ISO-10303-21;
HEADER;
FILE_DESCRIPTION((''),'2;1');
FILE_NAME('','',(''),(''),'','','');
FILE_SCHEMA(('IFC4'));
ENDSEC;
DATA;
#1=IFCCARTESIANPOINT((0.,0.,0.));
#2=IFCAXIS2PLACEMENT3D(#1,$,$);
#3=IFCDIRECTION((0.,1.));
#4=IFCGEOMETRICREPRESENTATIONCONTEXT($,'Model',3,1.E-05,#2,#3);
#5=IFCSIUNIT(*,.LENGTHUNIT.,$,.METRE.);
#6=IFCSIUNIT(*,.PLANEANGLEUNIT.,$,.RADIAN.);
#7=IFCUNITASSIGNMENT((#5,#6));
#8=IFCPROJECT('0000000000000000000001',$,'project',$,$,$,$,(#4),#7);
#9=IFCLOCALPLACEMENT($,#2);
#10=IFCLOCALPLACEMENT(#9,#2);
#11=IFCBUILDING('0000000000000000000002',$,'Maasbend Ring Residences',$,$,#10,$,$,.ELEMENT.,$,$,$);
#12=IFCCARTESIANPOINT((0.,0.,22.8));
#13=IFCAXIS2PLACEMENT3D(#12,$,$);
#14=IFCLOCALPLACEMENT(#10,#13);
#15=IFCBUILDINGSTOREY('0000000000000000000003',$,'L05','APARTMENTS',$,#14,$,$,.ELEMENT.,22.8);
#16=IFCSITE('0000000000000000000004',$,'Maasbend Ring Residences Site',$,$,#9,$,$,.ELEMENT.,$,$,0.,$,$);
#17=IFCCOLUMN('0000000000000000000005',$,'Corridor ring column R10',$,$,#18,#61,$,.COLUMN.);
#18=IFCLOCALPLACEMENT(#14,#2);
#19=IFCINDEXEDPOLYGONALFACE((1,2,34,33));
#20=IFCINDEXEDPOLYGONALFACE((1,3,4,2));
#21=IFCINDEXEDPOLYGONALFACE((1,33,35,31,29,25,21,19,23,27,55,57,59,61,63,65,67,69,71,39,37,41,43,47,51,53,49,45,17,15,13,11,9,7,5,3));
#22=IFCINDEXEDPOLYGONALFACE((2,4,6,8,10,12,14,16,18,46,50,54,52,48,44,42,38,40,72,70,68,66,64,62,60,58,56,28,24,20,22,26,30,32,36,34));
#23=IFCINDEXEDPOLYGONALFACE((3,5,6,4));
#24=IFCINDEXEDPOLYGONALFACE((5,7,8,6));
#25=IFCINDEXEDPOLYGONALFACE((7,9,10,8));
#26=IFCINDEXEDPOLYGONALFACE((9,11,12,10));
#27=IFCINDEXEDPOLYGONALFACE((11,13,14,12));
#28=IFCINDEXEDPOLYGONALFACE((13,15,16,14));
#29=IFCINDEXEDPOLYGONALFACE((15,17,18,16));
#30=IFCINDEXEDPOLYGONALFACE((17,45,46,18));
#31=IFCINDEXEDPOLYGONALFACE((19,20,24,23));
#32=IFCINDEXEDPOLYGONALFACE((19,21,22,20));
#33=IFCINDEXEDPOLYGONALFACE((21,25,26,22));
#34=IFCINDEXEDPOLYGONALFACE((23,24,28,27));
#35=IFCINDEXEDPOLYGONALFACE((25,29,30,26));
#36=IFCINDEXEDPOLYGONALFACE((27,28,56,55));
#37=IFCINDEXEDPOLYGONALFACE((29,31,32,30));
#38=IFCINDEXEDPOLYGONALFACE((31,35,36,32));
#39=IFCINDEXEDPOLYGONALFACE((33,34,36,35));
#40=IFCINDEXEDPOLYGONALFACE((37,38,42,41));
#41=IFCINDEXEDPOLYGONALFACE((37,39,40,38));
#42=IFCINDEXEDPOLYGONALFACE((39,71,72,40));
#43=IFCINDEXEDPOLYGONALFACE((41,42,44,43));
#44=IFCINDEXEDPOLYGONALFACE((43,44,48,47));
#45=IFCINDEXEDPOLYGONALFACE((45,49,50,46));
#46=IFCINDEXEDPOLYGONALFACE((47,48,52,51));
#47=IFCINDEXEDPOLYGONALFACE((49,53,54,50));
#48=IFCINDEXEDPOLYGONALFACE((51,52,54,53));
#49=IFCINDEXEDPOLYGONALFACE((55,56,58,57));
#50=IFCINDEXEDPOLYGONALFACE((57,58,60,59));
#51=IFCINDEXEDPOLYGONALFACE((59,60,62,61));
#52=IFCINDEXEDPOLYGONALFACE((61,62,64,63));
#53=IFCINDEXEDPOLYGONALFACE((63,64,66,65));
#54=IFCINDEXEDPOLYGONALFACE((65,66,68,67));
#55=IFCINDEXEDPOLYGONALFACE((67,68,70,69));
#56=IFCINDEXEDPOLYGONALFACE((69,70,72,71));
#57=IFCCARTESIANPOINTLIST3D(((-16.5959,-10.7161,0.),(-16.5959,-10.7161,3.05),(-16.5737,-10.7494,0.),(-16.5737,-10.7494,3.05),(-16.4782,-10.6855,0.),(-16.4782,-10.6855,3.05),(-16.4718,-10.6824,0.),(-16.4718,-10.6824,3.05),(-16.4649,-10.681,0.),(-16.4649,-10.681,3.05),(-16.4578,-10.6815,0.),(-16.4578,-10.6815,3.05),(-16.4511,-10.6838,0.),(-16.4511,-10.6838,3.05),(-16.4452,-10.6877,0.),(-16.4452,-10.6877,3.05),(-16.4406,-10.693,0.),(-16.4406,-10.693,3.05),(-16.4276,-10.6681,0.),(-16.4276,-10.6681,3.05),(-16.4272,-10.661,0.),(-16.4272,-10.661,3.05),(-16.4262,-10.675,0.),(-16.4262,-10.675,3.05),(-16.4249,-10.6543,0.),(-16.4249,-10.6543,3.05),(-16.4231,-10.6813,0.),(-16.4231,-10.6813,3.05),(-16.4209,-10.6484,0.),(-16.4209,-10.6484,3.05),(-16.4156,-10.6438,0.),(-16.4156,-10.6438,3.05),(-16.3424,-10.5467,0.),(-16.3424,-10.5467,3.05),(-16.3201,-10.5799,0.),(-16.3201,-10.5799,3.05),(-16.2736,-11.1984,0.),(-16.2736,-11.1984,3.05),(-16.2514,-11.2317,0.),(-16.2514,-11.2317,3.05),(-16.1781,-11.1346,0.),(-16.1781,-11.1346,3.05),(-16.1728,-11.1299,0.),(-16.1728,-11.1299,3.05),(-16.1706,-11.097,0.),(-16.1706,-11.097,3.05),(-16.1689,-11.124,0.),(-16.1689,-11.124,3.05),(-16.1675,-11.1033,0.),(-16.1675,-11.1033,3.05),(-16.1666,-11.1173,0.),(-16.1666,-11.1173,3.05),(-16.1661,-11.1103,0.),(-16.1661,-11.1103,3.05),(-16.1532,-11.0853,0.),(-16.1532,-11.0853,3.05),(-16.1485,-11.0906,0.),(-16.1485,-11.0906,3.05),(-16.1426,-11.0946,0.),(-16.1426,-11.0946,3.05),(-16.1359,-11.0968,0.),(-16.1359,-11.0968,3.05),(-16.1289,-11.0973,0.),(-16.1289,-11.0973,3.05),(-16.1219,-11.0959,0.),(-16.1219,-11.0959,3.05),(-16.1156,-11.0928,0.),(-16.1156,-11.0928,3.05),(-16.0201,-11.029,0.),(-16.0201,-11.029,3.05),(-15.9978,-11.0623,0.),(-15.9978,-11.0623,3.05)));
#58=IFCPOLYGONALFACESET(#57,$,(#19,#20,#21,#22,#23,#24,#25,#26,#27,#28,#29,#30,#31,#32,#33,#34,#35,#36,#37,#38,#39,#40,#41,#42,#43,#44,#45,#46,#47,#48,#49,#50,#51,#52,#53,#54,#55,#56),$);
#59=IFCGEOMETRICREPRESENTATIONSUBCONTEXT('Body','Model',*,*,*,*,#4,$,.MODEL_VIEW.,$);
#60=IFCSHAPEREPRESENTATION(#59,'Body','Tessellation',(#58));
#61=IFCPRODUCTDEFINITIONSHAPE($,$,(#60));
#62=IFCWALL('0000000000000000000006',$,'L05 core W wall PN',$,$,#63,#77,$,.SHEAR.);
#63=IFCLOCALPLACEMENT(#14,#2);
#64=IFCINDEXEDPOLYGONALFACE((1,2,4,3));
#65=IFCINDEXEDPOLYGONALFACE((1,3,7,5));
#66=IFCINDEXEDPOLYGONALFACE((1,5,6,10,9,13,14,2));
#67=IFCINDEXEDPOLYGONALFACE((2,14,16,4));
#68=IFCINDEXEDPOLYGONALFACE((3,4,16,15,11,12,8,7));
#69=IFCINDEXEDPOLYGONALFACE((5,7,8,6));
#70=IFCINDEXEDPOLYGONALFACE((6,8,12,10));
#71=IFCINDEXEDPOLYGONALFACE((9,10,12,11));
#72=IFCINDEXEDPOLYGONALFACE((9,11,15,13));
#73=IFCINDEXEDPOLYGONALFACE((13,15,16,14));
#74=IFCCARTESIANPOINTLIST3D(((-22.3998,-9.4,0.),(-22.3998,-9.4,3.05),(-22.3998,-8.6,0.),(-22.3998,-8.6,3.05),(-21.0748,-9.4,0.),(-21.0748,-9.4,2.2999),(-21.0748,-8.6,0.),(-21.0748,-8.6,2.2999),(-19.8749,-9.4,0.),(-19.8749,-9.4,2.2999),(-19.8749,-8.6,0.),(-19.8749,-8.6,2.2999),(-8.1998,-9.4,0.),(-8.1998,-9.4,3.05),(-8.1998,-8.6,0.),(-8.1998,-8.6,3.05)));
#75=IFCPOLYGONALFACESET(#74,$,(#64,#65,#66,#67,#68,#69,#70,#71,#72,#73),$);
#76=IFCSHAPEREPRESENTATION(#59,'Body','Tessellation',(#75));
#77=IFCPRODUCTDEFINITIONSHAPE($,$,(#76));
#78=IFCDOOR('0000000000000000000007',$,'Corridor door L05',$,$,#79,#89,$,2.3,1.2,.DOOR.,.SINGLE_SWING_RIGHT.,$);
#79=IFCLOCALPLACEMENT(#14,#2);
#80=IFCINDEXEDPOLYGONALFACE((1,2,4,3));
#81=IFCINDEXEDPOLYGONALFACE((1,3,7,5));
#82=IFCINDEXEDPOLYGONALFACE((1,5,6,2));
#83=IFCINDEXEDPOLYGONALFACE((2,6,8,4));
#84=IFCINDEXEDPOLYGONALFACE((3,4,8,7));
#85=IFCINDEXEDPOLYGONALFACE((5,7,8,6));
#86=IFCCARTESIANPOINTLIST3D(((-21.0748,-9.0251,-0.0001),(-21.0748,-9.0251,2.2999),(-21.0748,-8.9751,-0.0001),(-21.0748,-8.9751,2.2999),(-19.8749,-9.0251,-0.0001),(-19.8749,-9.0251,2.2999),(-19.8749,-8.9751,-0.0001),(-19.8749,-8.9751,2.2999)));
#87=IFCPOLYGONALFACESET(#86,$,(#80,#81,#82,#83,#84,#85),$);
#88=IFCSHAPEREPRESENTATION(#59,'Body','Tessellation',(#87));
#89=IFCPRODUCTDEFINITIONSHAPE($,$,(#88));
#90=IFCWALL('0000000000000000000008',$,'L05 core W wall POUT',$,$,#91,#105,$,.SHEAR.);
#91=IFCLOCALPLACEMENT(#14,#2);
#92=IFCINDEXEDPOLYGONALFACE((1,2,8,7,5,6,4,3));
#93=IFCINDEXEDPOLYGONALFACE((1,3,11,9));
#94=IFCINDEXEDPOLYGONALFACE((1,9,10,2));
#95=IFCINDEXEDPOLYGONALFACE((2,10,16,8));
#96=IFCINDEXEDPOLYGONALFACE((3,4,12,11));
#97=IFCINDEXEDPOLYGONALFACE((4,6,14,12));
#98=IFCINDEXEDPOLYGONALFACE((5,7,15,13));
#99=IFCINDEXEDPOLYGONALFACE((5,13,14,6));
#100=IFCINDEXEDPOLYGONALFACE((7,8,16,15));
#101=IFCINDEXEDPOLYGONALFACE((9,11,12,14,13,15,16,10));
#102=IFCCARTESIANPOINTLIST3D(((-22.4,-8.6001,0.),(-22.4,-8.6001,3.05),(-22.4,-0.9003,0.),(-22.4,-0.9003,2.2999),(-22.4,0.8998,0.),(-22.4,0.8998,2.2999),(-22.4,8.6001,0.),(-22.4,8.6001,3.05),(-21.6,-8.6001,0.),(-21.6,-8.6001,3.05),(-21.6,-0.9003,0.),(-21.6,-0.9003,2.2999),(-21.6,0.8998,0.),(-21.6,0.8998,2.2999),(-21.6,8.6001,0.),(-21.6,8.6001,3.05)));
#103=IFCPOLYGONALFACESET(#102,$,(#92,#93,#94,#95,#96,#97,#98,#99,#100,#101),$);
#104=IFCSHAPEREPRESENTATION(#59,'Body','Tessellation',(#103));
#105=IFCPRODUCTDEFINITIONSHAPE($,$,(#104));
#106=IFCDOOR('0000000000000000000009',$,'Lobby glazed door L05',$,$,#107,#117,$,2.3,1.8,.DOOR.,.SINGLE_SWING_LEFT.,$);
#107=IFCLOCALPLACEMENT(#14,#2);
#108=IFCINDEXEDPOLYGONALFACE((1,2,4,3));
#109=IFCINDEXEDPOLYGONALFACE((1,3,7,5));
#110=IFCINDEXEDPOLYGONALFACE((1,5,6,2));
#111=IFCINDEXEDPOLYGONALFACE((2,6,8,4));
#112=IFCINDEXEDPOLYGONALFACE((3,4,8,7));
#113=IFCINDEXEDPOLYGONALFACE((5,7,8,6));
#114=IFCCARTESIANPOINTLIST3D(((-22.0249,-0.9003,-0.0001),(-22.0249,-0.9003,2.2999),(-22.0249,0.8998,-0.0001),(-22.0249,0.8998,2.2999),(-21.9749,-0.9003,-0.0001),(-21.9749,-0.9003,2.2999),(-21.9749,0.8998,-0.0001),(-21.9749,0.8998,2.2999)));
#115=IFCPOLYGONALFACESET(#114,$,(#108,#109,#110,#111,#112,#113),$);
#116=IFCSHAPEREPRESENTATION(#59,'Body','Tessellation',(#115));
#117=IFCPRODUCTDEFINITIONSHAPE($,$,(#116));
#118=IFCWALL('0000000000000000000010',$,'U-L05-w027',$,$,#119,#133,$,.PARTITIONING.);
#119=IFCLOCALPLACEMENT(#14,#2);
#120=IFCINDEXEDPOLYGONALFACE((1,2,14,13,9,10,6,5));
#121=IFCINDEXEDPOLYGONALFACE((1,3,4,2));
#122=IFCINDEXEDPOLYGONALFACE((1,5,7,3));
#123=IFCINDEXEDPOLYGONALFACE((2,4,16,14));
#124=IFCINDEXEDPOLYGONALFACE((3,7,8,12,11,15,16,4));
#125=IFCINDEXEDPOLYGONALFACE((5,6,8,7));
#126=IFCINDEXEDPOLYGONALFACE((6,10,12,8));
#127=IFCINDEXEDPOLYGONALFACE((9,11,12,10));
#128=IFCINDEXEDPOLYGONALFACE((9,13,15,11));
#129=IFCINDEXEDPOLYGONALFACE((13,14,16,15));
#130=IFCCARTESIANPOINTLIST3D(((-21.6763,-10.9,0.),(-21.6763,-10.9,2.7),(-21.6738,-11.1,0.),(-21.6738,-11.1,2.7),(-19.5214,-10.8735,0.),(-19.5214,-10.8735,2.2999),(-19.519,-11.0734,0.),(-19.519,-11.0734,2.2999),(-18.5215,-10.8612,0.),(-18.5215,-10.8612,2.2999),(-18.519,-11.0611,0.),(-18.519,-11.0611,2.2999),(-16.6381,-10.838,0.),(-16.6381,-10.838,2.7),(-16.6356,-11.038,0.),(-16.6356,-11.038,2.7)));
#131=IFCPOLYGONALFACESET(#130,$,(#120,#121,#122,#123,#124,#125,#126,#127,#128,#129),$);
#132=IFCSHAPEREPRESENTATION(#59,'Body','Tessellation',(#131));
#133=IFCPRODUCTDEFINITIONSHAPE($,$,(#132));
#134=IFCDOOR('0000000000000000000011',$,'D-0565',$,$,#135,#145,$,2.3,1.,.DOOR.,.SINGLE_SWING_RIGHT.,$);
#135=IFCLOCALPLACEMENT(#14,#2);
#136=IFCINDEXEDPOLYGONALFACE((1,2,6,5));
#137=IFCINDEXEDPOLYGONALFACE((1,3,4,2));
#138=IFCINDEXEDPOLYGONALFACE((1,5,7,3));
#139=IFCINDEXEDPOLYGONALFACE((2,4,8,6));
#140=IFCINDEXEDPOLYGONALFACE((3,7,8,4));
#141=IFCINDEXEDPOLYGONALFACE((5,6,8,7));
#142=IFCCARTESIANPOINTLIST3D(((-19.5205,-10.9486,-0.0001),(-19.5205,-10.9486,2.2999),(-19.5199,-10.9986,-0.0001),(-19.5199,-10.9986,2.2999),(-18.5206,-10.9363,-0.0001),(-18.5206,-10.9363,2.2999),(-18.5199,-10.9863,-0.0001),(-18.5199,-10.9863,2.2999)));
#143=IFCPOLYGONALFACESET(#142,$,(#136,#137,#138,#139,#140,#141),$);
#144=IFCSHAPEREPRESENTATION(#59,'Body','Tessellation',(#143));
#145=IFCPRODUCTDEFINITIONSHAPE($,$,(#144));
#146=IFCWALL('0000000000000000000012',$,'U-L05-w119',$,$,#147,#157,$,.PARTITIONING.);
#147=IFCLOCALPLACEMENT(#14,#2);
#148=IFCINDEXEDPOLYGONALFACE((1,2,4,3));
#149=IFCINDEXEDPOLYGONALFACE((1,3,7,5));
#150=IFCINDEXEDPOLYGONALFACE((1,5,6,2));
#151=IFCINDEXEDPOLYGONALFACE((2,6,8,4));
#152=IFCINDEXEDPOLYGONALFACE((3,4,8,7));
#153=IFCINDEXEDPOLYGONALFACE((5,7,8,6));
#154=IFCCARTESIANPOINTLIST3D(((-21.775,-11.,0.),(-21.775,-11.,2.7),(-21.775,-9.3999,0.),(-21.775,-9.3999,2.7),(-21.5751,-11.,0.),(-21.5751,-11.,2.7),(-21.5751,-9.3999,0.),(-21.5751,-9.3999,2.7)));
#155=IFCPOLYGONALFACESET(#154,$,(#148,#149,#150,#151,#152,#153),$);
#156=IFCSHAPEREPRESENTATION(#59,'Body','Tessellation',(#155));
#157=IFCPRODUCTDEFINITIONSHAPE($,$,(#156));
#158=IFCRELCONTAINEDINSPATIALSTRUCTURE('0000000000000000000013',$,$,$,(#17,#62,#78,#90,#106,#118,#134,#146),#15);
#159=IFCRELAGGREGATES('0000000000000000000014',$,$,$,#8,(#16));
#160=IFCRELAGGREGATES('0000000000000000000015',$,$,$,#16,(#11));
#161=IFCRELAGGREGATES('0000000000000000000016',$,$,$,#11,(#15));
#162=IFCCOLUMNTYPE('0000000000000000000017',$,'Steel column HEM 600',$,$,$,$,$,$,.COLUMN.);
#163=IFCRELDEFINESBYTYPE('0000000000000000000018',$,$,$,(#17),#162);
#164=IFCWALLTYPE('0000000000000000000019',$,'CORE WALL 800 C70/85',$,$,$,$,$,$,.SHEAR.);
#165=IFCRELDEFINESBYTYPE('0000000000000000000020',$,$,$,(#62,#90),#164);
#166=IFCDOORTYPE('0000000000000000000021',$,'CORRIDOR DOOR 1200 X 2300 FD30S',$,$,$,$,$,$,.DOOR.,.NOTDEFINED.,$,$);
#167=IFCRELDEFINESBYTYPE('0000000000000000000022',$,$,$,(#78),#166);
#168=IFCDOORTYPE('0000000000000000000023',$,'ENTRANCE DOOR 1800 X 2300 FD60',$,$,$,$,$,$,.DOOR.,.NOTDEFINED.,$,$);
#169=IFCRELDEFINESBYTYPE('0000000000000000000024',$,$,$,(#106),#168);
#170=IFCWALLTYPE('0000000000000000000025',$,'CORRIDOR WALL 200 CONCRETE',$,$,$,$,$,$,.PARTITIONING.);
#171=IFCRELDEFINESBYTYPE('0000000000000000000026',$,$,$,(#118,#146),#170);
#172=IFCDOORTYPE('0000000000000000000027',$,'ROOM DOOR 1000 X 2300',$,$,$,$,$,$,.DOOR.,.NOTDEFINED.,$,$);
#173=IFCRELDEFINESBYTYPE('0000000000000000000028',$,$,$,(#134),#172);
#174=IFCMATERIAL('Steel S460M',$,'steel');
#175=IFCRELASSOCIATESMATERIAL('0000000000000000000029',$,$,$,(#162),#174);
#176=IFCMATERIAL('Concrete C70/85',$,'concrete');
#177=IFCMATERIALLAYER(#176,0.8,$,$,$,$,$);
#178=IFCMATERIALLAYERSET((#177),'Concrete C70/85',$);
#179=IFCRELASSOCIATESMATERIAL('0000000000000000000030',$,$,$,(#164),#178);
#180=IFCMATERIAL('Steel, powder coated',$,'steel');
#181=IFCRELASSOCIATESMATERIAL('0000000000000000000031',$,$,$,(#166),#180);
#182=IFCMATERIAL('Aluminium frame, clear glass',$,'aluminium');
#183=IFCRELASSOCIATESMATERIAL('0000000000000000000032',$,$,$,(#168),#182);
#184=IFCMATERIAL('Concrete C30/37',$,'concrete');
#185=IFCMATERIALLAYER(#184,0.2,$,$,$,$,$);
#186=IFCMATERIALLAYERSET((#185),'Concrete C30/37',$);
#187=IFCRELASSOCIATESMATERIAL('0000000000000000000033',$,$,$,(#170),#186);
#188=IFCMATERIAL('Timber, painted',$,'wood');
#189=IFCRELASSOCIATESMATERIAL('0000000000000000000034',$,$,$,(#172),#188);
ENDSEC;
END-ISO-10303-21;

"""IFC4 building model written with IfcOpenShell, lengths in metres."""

from ifc_helpers import new_model, si_unit, direction, frame, frame_2d, origin, origin_2d, place, context, subcontext, project, spatial, rectangle, i_section, extrude, material, layer, layer_set, material_profile, profile_set, type_object, element, fill, save


model = new_model("IFC4")

# Units and contexts
model_context = context("Model", 3, precision=1e-05, world=origin(), true_north=direction((0.0, 1.0)))
body_context = subcontext(model_context, "Body", "Model", "MODEL_VIEW")
ifc_project = project(units=[si_unit("LENGTHUNIT", "METRE"), si_unit("PLANEANGLEUNIT", "RADIAN")], contexts=[model_context])

# Site, building, storey
site_placement = place(None, origin())
site = spatial("IfcSite", under=ifc_project, at=site_placement, Name="Maasbend Ring Residences Site", CompositionType="ELEMENT", RefElevation=0.0)
building_placement = place(site_placement, origin())
building = spatial("IfcBuilding", under=site, at=building_placement, Name="Maasbend Ring Residences", CompositionType="ELEMENT")
storey_placement = place(building_placement, frame((0.0, 0.0, 22.8)))
storey = spatial("IfcBuildingStorey", under=building, at=storey_placement, Name="L05", Description="APARTMENTS", CompositionType="ELEMENT", Elevation=22.8)

# Column
ifc_material_1 = material(Name="Steel S460M", Category="steel")
ifc_material_profile = material_profile(ifc_material_1, i_section(OverallWidth=0.3049, OverallDepth=0.6201, WebThickness=0.021, FlangeThickness=0.04, FilletRadius=0.0271, at=origin_2d()), Name="HEM 600")
ifc_profile_set = profile_set([ifc_material_profile], Name="Steel S460M")
column_type = type_object("IfcColumnType", Name="Steel column HEM 600", PredefinedType="COLUMN", material=ifc_profile_set)
column_placement = place(storey_placement, frame((-16.2969, -10.8892, 0.0), z_axis=(0.0, 0.0, 1.0), x_axis=(-0.83147, -0.55557, 0.0)))
element("IfcColumn", 1, at=column_placement, inside=storey, type_object=column_type, Name="Corridor ring column R10", PredefinedType="COLUMN", context=body_context, shape_type="SweptSolid", body=[
    extrude(i_section(OverallWidth=0.3049, OverallDepth=0.6201, WebThickness=0.021, FlangeThickness=0.04, FilletRadius=0.0271, at=origin_2d()), origin(), (0.0, 0.0, 1.0), 3.05),
])

# Walls, openings, doors
ifc_material_2 = material(Name="Concrete C70/85", Category="concrete")
ifc_layer_1 = layer(ifc_material_2, 0.8)
ifc_layer_set_1 = layer_set([ifc_layer_1], Name="Concrete C70/85")
wall_type_1 = type_object("IfcWallType", Name="CORE WALL 800 C70/85", PredefinedType="SHEAR", material=ifc_layer_set_1)
wall_1_placement = place(storey_placement, frame((-22.3999, -9.0, 0.0), z_axis=(0.0, 0.0, 1.0), x_axis=(1.0, 0.0, 0.0)))
wall_1 = element("IfcWall", 2, at=wall_1_placement, inside=storey, type_object=wall_type_1, Name="L05 core W wall PN", PredefinedType="SHEAR", context=body_context, shape_type="SweptSolid", body=[
    extrude(rectangle(XDim=14.2, YDim=0.8, at=frame_2d((7.1001, 0.0))), origin(), (0.0, 0.0, 1.0), 3.05),
])
opening_1_placement = place(wall_1_placement, frame((1.325, 0.0, 0.0)))
opening_1 = element("IfcOpeningElement", 3, at=opening_1_placement, cuts=wall_1, PredefinedType="OPENING", context=body_context, shape_type="SweptSolid", body=[
    extrude(rectangle(XDim=1.2, YDim=2.3, at=frame_2d((0.6001, 1.1499))), frame((0.0, 0.4102, 0.0), z_axis=(0.0, -1.0, 0.0), x_axis=(1.0, 0.0, 0.0)), (0.0, 0.0, 1.0), 0.8201),
])
ifc_material_3 = material(Name="Steel, powder coated", Category="steel")
door_type_1 = type_object("IfcDoorType", Name="CORRIDOR DOOR 1200 X 2300 FD30S", OperationType="NOTDEFINED", PredefinedType="DOOR", material=ifc_material_3)
door_1_placement = place(opening_1_placement, origin())
door_1 = element("IfcDoor", 4, at=door_1_placement, inside=storey, type_object=door_type_1, Name="Corridor door L05", OperationType="SINGLE_SWING_RIGHT", OverallHeight=2.3, OverallWidth=1.2, PredefinedType="DOOR", context=body_context, shape_type="SweptSolid", body=[
    extrude(rectangle(XDim=1.2, YDim=2.3, at=frame_2d((0.6001, 1.1499))), frame((0.0, 0.0249, 0.0), z_axis=(0.0, -1.0, 0.0), x_axis=(1.0, 0.0, 0.0)), (0.0, 0.0, 1.0), 0.05),
])
fill(opening_1, door_1)
wall_2_placement = place(storey_placement, frame((-22.0, -8.6001, 0.0), z_axis=(0.0, 0.0, 1.0), x_axis=(0.0, 1.0, 0.0)))
wall_2 = element("IfcWall", 5, at=wall_2_placement, inside=storey, type_object=wall_type_1, Name="L05 core W wall POUT", PredefinedType="SHEAR", context=body_context, shape_type="SweptSolid", body=[
    extrude(rectangle(XDim=17.2002, YDim=0.8, at=frame_2d((8.6001, 0.0))), origin(), (0.0, 0.0, 1.0), 3.05),
])
opening_2_placement = place(wall_2_placement, frame((7.7, 0.0, 0.0)))
opening_2 = element("IfcOpeningElement", 6, at=opening_2_placement, cuts=wall_2, PredefinedType="OPENING", context=body_context, shape_type="SweptSolid", body=[
    extrude(rectangle(XDim=1.8, YDim=2.3, at=frame_2d((0.8999, 1.1499))), frame((0.0, 0.4102, 0.0), z_axis=(0.0, -1.0, 0.0), x_axis=(1.0, 0.0, 0.0)), (0.0, 0.0, 1.0), 0.8201),
])
ifc_material_4 = material(Name="Aluminium frame, clear glass", Category="aluminium")
door_type_2 = type_object("IfcDoorType", Name="ENTRANCE DOOR 1800 X 2300 FD60", OperationType="NOTDEFINED", PredefinedType="DOOR", material=ifc_material_4)
door_2_placement = place(opening_2_placement, origin())
door_2 = element("IfcDoor", 7, at=door_2_placement, inside=storey, type_object=door_type_2, Name="Lobby glazed door L05", OperationType="SINGLE_SWING_LEFT", OverallHeight=2.3, OverallWidth=1.8, PredefinedType="DOOR", context=body_context, shape_type="SweptSolid", body=[
    extrude(rectangle(XDim=1.8, YDim=2.3, at=frame_2d((0.8999, 1.1499))), frame((0.0, 0.0249, 0.0), z_axis=(0.0, -1.0, 0.0), x_axis=(1.0, 0.0, 0.0)), (0.0, 0.0, 1.0), 0.05),
])
fill(opening_2, door_2)
ifc_material_5 = material(Name="Concrete C30/37", Category="concrete")
ifc_layer_2 = layer(ifc_material_5, 0.2)
ifc_layer_set_2 = layer_set([ifc_layer_2], Name="Concrete C30/37")
wall_type_2 = type_object("IfcWallType", Name="CORRIDOR WALL 200 CONCRETE", PredefinedType="PARTITIONING", material=ifc_layer_set_2)
wall_3_placement = place(storey_placement, frame((-21.675, -11.0, 0.0), z_axis=(0.0, 0.0, 1.0), x_axis=(0.999924, 0.012308, 0.0)))
wall_3 = element("IfcWall", 8, at=wall_3_placement, inside=storey, type_object=wall_type_2, Name="U-L05-w027", PredefinedType="PARTITIONING", context=body_context, shape_type="SweptSolid", body=[
    extrude(rectangle(XDim=5.0386, YDim=0.2, at=frame_2d((2.5193, 0.0))), origin(), (0.0, 0.0, 1.0), 2.7),
])
opening_3_placement = place(wall_3_placement, frame((2.155, 0.0, 0.0)))
opening_3 = element("IfcOpeningElement", 9, at=opening_3_placement, cuts=wall_3, PredefinedType="OPENING", context=body_context, shape_type="SweptSolid", body=[
    extrude(rectangle(XDim=1.0, YDim=2.3, at=frame_2d((0.5, 1.1499))), frame((0.0, 0.1099, 0.0), z_axis=(0.0, -1.0, 0.0), x_axis=(1.0, 0.0, 0.0)), (0.0, 0.0, 1.0), 0.22),
])
ifc_material_6 = material(Name="Timber, painted", Category="wood")
door_type_3 = type_object("IfcDoorType", Name="ROOM DOOR 1000 X 2300", OperationType="NOTDEFINED", PredefinedType="DOOR", material=ifc_material_6)
door_3_placement = place(opening_3_placement, origin())
door_3 = element("IfcDoor", 10, at=door_3_placement, inside=storey, type_object=door_type_3, Name="D-0565", OperationType="SINGLE_SWING_RIGHT", OverallHeight=2.3, OverallWidth=1.0, PredefinedType="DOOR", context=body_context, shape_type="SweptSolid", body=[
    extrude(rectangle(XDim=1.0, YDim=2.3, at=frame_2d((0.5, 1.1499))), frame((0.0, 0.0249, 0.0), z_axis=(0.0, -1.0, 0.0), x_axis=(1.0, 0.0, 0.0)), (0.0, 0.0, 1.0), 0.05),
])
fill(opening_3, door_3)

# Wall
wall_4_placement = place(storey_placement, frame((-21.675, -11.0, 0.0), z_axis=(0.0, 0.0, 1.0), x_axis=(0.0, 1.0, 0.0)))
element("IfcWall", 11, at=wall_4_placement, inside=storey, type_object=wall_type_2, Name="U-L05-w119", PredefinedType="PARTITIONING", context=body_context, shape_type="SweptSolid", body=[
    extrude(rectangle(XDim=1.6001, YDim=0.2, at=frame_2d((0.8, 0.0))), origin(), (0.0, 0.0, 1.0), 2.7),
])

save(model, "model.ifc")
